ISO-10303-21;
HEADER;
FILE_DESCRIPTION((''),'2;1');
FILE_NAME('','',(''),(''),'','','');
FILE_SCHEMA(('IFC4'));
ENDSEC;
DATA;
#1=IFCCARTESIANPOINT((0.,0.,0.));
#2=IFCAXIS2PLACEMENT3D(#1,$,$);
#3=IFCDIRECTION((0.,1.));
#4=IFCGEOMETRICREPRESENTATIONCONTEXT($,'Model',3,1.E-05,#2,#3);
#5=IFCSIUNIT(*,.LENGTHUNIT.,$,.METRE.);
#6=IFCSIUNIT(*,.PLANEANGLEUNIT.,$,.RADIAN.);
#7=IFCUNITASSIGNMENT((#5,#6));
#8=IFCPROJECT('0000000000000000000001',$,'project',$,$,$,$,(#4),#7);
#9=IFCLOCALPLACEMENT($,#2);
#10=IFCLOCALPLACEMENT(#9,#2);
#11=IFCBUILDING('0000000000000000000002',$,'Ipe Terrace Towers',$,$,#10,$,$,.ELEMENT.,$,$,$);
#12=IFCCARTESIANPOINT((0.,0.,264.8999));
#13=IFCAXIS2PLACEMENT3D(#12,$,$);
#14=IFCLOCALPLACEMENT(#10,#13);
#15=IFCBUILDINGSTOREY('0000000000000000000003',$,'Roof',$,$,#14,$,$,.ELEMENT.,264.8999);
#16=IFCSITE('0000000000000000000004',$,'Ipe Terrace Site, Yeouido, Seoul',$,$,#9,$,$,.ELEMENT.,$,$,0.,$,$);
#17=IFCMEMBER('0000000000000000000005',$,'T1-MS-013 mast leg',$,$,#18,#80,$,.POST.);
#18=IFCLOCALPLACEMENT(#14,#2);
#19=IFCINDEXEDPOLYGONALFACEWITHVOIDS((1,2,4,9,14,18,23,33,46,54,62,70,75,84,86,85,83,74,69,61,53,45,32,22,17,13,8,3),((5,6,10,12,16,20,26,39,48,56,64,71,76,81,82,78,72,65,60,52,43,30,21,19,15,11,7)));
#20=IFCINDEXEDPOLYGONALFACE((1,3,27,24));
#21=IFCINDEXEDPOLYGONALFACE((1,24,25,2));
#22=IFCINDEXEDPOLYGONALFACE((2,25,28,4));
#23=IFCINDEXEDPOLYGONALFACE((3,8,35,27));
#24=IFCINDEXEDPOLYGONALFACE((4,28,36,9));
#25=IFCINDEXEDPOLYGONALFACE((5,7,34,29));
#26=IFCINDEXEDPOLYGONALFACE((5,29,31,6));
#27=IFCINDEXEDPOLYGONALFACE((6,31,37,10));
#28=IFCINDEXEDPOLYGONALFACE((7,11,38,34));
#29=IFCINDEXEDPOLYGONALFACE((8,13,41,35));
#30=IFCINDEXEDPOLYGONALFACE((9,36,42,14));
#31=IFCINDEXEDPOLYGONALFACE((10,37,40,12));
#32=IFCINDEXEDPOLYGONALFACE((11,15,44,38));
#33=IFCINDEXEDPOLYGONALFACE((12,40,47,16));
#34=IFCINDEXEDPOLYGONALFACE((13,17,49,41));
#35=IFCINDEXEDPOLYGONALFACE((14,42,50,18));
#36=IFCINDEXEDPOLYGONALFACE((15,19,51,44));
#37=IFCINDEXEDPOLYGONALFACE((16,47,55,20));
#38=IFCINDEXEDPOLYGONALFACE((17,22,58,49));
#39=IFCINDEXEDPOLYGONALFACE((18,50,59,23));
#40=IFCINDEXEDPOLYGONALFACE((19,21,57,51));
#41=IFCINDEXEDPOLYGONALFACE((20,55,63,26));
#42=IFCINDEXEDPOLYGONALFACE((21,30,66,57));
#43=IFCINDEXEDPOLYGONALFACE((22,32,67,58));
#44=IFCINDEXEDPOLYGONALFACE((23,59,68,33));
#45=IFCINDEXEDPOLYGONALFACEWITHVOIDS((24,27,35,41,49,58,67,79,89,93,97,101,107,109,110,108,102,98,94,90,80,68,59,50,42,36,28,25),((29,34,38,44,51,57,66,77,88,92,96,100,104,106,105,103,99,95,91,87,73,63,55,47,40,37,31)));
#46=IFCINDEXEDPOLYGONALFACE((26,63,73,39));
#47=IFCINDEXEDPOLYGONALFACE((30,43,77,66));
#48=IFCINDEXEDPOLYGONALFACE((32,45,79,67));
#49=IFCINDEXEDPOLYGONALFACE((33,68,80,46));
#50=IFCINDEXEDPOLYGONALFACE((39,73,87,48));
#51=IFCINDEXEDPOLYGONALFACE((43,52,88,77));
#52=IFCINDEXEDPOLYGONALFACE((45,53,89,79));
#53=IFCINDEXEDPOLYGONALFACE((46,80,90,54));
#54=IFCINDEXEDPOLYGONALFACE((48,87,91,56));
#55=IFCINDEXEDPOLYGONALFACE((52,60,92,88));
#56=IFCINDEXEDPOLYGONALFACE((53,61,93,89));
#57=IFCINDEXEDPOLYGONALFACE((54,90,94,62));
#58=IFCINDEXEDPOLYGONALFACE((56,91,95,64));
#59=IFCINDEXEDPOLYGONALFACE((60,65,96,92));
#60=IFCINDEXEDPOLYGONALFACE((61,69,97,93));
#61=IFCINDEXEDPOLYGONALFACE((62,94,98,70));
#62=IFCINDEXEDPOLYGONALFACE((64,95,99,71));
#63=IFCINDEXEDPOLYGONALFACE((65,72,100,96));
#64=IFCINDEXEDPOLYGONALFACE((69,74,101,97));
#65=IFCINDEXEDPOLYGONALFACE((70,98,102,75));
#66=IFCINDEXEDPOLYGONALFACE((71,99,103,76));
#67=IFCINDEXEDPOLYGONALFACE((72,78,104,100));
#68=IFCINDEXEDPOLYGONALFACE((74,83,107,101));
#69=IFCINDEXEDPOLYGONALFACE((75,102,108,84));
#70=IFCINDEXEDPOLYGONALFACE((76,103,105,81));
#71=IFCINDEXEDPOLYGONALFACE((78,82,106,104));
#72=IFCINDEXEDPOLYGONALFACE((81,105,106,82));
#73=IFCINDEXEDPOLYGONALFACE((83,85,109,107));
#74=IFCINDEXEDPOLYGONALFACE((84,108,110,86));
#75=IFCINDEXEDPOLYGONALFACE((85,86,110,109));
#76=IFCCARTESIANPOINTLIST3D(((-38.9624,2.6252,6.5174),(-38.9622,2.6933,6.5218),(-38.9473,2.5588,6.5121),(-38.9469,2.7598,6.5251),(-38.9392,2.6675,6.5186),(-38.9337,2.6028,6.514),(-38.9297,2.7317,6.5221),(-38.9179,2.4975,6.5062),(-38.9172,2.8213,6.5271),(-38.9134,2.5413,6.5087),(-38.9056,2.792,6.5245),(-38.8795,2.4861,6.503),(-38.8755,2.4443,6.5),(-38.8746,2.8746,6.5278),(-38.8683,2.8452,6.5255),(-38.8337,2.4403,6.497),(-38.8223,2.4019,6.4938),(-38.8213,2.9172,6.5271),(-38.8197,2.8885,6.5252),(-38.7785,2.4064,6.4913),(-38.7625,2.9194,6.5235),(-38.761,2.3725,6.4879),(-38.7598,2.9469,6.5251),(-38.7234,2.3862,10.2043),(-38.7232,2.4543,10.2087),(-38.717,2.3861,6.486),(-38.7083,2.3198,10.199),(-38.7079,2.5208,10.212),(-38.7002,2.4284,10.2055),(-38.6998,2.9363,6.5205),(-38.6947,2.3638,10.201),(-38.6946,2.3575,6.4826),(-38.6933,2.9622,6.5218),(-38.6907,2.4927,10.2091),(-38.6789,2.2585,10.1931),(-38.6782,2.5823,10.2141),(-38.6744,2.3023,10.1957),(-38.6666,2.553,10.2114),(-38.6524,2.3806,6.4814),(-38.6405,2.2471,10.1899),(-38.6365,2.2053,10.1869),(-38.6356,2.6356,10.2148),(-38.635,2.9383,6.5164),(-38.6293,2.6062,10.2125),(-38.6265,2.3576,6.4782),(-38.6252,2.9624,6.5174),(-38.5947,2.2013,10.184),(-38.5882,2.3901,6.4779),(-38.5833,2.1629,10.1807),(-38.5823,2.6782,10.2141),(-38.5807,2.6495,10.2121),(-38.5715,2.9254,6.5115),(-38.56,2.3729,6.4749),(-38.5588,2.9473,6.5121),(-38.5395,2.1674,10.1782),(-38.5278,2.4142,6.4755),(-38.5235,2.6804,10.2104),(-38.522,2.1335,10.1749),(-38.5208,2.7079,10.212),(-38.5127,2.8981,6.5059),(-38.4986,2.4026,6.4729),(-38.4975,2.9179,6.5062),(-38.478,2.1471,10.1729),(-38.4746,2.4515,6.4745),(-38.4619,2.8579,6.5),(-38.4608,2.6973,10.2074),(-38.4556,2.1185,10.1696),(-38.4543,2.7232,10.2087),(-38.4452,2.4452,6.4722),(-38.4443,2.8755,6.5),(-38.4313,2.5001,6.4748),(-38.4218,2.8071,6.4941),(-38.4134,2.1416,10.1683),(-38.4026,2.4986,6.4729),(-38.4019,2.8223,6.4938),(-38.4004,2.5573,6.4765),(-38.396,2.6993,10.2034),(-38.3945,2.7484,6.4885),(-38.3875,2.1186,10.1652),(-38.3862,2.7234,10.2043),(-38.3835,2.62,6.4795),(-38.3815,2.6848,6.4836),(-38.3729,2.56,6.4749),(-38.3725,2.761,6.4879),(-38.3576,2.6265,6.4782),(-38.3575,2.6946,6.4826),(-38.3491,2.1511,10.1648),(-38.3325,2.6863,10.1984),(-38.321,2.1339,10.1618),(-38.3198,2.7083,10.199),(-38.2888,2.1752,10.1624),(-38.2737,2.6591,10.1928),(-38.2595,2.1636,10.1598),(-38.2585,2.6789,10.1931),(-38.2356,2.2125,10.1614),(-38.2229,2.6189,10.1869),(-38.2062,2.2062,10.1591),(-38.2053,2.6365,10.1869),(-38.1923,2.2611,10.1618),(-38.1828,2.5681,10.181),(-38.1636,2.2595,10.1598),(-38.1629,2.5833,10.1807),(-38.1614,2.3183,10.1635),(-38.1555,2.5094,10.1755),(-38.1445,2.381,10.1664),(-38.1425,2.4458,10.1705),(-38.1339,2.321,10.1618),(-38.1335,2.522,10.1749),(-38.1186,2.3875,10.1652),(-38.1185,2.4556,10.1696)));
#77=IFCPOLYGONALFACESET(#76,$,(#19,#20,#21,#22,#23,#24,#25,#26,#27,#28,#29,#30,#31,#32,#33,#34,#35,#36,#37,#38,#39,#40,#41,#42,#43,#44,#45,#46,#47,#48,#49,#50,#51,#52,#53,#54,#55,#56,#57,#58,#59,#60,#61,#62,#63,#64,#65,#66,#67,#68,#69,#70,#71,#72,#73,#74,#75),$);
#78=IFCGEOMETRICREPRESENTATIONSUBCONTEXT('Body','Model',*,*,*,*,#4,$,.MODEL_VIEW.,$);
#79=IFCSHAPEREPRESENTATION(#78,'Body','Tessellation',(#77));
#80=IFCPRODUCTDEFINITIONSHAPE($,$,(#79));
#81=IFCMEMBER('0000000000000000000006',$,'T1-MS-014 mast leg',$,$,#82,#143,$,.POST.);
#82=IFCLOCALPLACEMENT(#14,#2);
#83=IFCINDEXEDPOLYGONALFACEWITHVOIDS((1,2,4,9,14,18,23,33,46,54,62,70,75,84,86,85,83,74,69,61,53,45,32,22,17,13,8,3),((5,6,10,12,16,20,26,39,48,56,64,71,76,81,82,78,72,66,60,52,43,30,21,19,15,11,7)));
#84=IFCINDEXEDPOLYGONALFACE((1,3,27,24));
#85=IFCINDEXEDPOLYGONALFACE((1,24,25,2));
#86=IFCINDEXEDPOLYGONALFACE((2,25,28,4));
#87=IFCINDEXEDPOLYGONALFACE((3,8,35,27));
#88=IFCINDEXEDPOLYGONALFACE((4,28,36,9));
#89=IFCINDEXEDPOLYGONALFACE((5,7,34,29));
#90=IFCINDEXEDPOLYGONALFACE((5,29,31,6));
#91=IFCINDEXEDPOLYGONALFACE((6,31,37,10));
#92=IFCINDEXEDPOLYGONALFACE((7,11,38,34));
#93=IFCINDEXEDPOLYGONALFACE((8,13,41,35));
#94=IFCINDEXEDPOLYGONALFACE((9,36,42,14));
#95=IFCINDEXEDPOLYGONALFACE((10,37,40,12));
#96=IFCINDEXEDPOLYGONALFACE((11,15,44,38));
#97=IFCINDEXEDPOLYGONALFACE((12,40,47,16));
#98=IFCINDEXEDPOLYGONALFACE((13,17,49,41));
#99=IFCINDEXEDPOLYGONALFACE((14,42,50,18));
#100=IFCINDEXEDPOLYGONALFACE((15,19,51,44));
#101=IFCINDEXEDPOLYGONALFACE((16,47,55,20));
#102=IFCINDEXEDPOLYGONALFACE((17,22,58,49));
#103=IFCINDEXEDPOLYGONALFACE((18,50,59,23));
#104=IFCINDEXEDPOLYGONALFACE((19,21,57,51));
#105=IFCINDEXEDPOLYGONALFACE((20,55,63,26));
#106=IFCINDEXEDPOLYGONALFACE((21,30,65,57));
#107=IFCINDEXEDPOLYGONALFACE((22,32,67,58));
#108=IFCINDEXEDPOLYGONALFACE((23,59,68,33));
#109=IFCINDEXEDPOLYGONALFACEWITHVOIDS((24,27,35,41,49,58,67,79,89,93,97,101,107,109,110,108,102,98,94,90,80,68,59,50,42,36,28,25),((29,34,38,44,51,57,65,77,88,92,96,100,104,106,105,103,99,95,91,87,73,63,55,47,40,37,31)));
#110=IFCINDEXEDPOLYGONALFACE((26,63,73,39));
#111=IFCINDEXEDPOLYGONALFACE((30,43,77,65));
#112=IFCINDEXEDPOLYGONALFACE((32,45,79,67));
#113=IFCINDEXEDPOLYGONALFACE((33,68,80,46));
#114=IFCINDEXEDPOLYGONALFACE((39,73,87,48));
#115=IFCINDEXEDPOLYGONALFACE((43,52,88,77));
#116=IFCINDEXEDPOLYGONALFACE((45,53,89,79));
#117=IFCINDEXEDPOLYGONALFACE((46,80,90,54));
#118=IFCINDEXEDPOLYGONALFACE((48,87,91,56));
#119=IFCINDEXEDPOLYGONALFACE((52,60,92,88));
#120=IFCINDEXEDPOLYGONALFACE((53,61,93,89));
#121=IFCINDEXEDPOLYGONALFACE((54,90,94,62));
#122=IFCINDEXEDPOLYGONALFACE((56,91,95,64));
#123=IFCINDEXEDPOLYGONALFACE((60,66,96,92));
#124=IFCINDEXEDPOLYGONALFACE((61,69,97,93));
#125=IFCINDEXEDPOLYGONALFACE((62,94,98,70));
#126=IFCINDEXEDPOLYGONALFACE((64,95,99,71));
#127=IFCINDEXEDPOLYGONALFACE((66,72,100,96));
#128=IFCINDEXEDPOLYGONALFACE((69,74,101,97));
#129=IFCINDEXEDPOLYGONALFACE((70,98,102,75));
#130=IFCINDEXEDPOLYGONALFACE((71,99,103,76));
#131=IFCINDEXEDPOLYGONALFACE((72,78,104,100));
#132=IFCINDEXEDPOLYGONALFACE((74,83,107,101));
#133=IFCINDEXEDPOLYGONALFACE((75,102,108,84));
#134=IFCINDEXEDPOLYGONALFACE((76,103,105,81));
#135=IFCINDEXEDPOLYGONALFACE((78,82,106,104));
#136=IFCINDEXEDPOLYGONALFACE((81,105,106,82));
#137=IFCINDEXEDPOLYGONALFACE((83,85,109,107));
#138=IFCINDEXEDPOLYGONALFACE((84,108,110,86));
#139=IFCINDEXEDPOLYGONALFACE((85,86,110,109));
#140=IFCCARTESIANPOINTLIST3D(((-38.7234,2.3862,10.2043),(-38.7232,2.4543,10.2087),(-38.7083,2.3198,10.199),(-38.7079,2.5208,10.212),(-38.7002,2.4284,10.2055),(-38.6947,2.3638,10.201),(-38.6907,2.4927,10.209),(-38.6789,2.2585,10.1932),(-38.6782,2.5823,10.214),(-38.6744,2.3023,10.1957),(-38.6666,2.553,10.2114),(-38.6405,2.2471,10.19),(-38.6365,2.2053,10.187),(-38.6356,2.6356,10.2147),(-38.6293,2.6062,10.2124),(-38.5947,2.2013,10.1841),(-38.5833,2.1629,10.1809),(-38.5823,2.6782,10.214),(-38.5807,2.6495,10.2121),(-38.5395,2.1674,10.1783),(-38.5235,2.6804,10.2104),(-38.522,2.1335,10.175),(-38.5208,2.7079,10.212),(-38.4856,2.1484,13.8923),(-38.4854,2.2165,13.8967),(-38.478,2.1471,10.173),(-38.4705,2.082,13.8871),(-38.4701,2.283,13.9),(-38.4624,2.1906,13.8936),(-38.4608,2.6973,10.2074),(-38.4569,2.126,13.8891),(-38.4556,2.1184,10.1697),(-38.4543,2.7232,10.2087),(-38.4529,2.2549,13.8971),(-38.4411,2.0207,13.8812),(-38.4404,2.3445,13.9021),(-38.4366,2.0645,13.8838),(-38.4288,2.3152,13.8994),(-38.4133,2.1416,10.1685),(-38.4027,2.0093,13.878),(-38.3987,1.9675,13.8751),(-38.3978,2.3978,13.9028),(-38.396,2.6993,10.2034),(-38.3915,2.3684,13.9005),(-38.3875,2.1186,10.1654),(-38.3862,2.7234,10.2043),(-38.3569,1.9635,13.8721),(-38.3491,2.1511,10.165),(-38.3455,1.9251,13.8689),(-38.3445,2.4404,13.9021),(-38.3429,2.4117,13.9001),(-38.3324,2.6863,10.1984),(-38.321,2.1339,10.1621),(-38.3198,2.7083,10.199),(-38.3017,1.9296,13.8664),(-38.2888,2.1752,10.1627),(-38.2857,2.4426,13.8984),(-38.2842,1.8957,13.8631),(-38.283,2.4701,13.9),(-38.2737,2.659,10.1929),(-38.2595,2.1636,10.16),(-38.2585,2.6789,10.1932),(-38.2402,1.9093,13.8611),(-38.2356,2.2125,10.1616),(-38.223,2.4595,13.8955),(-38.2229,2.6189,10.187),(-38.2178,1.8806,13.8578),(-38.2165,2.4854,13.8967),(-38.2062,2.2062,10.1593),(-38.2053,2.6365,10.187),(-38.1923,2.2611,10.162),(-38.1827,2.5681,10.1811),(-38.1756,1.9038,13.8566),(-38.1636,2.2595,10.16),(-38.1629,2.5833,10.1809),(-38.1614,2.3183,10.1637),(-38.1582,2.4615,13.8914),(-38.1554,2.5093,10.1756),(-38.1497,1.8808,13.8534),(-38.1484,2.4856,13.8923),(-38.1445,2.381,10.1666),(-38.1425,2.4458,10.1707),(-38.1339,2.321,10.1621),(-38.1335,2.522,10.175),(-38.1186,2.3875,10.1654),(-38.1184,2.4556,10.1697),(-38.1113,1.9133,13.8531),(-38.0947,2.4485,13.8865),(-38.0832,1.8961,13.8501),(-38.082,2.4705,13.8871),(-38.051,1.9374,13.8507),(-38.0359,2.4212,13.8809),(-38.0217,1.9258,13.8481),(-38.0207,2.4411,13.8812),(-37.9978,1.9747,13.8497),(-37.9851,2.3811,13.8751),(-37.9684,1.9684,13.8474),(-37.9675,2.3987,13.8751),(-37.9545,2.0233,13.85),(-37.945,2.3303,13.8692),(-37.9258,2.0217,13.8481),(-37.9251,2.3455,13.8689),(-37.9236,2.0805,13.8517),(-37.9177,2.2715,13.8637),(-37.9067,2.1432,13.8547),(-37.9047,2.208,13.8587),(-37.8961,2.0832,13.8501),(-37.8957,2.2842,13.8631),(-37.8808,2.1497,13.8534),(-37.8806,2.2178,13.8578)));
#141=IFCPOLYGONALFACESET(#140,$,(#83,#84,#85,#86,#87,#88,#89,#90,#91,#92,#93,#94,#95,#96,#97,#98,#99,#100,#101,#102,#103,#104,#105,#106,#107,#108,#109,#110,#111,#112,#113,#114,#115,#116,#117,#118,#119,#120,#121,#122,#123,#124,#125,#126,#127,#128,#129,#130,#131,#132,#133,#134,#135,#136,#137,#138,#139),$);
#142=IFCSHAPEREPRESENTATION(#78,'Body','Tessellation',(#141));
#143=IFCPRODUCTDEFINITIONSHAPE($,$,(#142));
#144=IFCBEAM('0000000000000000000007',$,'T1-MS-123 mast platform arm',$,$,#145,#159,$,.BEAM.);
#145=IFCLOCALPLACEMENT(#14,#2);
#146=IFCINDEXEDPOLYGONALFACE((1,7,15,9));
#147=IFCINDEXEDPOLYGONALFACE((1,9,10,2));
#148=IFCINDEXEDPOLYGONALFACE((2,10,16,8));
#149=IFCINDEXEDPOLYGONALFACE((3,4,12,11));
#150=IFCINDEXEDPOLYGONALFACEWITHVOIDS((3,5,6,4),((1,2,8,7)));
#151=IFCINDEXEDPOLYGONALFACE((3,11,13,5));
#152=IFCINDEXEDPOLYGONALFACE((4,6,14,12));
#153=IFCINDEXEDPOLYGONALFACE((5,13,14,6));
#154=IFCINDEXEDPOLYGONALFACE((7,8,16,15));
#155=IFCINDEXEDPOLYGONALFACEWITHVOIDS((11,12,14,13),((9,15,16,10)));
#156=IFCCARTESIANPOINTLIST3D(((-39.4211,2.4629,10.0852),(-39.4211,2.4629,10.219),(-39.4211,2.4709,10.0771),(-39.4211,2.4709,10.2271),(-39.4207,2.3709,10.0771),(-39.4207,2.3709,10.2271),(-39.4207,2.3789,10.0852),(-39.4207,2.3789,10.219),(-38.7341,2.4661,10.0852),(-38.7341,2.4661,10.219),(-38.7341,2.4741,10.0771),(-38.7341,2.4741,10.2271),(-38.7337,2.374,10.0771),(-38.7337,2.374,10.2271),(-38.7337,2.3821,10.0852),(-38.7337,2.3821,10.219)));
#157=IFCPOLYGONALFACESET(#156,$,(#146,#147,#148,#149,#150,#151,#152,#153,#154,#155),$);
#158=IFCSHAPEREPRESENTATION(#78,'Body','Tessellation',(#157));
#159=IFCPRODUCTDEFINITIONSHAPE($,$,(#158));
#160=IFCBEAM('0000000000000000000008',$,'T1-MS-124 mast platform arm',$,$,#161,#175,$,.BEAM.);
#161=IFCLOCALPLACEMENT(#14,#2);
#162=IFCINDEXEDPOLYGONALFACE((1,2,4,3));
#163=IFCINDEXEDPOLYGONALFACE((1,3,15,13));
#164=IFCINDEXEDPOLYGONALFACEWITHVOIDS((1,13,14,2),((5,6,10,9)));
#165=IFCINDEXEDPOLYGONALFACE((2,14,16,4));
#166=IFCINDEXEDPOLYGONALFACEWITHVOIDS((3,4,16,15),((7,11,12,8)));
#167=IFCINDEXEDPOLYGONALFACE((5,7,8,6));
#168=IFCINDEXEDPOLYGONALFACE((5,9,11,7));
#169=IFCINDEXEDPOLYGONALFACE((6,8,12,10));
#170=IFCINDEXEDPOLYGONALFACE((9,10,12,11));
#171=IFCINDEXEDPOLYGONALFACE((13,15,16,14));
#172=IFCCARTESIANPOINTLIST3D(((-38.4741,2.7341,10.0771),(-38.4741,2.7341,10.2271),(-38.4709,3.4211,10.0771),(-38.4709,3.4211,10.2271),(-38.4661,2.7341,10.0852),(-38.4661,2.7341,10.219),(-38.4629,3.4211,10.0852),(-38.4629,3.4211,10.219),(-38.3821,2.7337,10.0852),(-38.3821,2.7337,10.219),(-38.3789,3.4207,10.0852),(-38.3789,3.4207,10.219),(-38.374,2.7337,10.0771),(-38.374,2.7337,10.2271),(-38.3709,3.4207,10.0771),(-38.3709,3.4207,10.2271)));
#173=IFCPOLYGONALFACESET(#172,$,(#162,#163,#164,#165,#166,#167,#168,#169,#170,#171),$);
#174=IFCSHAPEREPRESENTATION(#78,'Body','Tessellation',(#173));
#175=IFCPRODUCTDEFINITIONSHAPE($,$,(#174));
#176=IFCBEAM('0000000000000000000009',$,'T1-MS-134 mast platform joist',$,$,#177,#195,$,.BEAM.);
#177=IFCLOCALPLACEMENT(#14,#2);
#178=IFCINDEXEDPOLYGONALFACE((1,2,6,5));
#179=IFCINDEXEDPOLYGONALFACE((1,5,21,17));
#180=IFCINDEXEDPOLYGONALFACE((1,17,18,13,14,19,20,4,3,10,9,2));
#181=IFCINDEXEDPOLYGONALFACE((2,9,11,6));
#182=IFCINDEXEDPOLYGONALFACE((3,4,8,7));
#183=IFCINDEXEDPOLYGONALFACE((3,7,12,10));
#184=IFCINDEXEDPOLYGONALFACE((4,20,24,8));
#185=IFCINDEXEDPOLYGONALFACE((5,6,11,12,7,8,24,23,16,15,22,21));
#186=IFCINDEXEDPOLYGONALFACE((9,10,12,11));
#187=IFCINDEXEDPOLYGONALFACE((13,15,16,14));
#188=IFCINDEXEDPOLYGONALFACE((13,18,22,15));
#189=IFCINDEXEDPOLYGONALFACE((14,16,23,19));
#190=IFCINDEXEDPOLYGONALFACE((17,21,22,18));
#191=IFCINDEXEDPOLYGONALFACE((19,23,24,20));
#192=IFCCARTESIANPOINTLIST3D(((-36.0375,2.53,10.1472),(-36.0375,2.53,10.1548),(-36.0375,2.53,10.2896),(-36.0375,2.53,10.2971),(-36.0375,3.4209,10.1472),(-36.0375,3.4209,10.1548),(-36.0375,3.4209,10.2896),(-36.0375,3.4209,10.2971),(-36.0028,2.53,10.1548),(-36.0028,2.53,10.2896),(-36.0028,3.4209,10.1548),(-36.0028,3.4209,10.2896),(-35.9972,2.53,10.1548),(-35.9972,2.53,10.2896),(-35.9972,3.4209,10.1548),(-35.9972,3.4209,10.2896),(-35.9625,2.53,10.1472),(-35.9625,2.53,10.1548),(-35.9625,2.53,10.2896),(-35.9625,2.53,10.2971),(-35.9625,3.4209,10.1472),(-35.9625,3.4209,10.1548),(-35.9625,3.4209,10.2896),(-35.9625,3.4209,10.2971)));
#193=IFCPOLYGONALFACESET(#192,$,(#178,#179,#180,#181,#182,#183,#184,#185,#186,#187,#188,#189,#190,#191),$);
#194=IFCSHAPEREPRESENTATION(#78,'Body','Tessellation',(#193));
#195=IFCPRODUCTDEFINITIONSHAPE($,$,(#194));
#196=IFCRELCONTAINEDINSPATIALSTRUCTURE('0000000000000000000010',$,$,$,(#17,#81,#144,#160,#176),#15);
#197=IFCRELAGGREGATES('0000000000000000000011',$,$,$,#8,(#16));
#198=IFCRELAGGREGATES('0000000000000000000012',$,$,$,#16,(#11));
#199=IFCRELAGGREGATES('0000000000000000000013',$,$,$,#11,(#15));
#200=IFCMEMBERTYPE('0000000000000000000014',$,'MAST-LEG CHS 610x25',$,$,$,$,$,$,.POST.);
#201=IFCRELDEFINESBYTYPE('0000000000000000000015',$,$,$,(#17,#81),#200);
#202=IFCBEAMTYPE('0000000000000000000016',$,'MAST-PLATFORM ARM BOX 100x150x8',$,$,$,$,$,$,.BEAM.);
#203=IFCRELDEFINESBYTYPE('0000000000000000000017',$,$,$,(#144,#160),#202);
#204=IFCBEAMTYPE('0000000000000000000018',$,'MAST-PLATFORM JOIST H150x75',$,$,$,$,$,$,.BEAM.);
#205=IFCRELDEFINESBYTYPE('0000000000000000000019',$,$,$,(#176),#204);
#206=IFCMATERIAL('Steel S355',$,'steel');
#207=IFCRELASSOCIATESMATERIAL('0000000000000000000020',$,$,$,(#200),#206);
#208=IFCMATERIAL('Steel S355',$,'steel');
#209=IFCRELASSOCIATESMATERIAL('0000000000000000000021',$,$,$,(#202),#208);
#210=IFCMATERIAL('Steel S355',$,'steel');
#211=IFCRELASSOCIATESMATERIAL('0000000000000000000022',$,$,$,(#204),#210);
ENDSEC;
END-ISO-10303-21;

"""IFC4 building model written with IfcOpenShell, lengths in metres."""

from ifc_helpers import new_model, si_unit, direction, frame, origin, origin_2d, place, context, subcontext, project, spatial, hollow_rectangle, hollow_circle, i_section, extrude, material, material_profile, profile_set, type_object, element, save


model = new_model("IFC4")

# Units and contexts
model_context = context("Model", 3, precision=1e-05, world=origin(), true_north=direction((0.0, 1.0)))
body_context = subcontext(model_context, "Body", "Model", "MODEL_VIEW")
ifc_project = project(units=[si_unit("LENGTHUNIT", "METRE"), si_unit("PLANEANGLEUNIT", "RADIAN")], contexts=[model_context])

# Site, building, storey
site_placement = place(None, origin())
site = spatial("IfcSite", under=ifc_project, at=site_placement, Name="Ipe Terrace Site, Yeouido, Seoul", CompositionType="ELEMENT", RefElevation=0.0)
building_placement = place(site_placement, origin())
building = spatial("IfcBuilding", under=site, at=building_placement, Name="Ipe Terrace Towers", CompositionType="ELEMENT")
storey_placement = place(building_placement, frame((0.0, 0.0, 264.8999)))
storey = spatial("IfcBuildingStorey", under=building, at=storey_placement, Name="Roof", CompositionType="ELEMENT", Elevation=264.8999)

# Members
ifc_material_1 = material(Name="Steel S355", Category="steel")
ifc_material_profile_1 = material_profile(ifc_material_1, hollow_circle(Radius=0.3049, WallThickness=0.0249, at=origin_2d()), Name="MAST-LEG CHS 610x25")
ifc_profile_set_1 = profile_set([ifc_material_profile_1], Name="Steel S355")
member_type_1 = type_object("IfcMemberType", Name="MAST-LEG CHS 610x25", PredefinedType="POST", material=ifc_profile_set_1)
member_1_placement = place(storey_placement, frame((-38.6599, 2.6599, 6.5), z_axis=(0.064555, -0.064555, 0.995824), x_axis=(0.707107, 0.707107, 0.0)))
element("IfcMember", 1, at=member_1_placement, inside=storey, type_object=member_type_1, Name="T1-MS-013 mast leg", PredefinedType="POST", context=body_context, shape_type="SweptSolid", body=[
    extrude(hollow_circle(Radius=0.3049, WallThickness=0.0249, at=origin_2d()), origin(), (0.0, 0.0, 1.0), 3.7024),
])
member_2_placement = place(storey_placement, frame((-38.4209, 2.4209, 10.187), z_axis=(0.064211, -0.064211, 0.995868), x_axis=(0.707107, 0.707107, 0.0)))
element("IfcMember", 2, at=member_2_placement, inside=storey, type_object=member_type_1, Name="T1-MS-014 mast leg", PredefinedType="POST", context=body_context, shape_type="SweptSolid", body=[
    extrude(hollow_circle(Radius=0.3049, WallThickness=0.0249, at=origin_2d()), origin(), (0.0, 0.0, 1.0), 3.7034),
])

# Beams
ifc_material_2 = material(Name="Steel S355", Category="steel")
ifc_material_profile_2 = material_profile(ifc_material_2, hollow_rectangle(XDim=0.1001, YDim=0.1499, WallThickness=0.0081, at=origin_2d()), Name="MAST-PLATFORM ARM BOX 100x150x8")
ifc_profile_set_2 = profile_set([ifc_material_profile_2], Name="Steel S355")
beam_type_1 = type_object("IfcBeamType", Name="MAST-PLATFORM ARM BOX 100x150x8", PredefinedType="BEAM", material=ifc_profile_set_2)
for number, where, z_axis, x_axis, name in (
    (3, (-38.7339, 2.4241, 10.1521), (-0.999989, -0.00462, 0.0), (0.00462, -0.999989, 0.0), "T1-MS-123 mast platform arm"),
    (4, (-38.4241, 2.7339, 10.1521), (0.00462, 0.999989, 0.0), (-0.999989, 0.00462, 0.0), "T1-MS-124 mast platform arm"),
):
    element("IfcBeam", number, at=place(storey_placement, frame(where, z_axis=z_axis, x_axis=x_axis)), inside=storey, type_object=beam_type_1, Name=name, PredefinedType="BEAM", context=body_context, shape_type="SweptSolid", body=[
        extrude(hollow_rectangle(XDim=0.1001, YDim=0.1499, WallThickness=0.0081, at=origin_2d()), origin(), (0.0, 0.0, 1.0), 0.687),
    ])
ifc_material_3 = material(Name="Steel S355", Category="steel")
ifc_material_profile_3 = material_profile(ifc_material_3, i_section(OverallWidth=0.075, OverallDepth=0.1499, WebThickness=0.0056, FlangeThickness=0.0076, at=origin_2d()), Name="H150x75")
ifc_profile_set_3 = profile_set([ifc_material_profile_3], Name="Steel S355")
beam_type_2 = type_object("IfcBeamType", Name="MAST-PLATFORM JOIST H150x75", PredefinedType="BEAM", material=ifc_profile_set_3)
for number, where, z_axis, x_axis, name in (
    (5, (-36.0, 2.53, 10.2222), (0.0, 1.0, 0.0), (-1.0, 0.0, 0.0), "T1-MS-134 mast platform joist"),
):
    element("IfcBeam", number, at=place(storey_placement, frame(where, z_axis=z_axis, x_axis=x_axis)), inside=storey, type_object=beam_type_2, Name=name, PredefinedType="BEAM", context=body_context, shape_type="SweptSolid", body=[
        extrude(i_section(OverallWidth=0.075, OverallDepth=0.1499, WebThickness=0.0056, FlangeThickness=0.0076, at=origin_2d()), origin(), (0.0, 0.0, 1.0), 0.8909),
    ])

save(model, "model.ifc")
